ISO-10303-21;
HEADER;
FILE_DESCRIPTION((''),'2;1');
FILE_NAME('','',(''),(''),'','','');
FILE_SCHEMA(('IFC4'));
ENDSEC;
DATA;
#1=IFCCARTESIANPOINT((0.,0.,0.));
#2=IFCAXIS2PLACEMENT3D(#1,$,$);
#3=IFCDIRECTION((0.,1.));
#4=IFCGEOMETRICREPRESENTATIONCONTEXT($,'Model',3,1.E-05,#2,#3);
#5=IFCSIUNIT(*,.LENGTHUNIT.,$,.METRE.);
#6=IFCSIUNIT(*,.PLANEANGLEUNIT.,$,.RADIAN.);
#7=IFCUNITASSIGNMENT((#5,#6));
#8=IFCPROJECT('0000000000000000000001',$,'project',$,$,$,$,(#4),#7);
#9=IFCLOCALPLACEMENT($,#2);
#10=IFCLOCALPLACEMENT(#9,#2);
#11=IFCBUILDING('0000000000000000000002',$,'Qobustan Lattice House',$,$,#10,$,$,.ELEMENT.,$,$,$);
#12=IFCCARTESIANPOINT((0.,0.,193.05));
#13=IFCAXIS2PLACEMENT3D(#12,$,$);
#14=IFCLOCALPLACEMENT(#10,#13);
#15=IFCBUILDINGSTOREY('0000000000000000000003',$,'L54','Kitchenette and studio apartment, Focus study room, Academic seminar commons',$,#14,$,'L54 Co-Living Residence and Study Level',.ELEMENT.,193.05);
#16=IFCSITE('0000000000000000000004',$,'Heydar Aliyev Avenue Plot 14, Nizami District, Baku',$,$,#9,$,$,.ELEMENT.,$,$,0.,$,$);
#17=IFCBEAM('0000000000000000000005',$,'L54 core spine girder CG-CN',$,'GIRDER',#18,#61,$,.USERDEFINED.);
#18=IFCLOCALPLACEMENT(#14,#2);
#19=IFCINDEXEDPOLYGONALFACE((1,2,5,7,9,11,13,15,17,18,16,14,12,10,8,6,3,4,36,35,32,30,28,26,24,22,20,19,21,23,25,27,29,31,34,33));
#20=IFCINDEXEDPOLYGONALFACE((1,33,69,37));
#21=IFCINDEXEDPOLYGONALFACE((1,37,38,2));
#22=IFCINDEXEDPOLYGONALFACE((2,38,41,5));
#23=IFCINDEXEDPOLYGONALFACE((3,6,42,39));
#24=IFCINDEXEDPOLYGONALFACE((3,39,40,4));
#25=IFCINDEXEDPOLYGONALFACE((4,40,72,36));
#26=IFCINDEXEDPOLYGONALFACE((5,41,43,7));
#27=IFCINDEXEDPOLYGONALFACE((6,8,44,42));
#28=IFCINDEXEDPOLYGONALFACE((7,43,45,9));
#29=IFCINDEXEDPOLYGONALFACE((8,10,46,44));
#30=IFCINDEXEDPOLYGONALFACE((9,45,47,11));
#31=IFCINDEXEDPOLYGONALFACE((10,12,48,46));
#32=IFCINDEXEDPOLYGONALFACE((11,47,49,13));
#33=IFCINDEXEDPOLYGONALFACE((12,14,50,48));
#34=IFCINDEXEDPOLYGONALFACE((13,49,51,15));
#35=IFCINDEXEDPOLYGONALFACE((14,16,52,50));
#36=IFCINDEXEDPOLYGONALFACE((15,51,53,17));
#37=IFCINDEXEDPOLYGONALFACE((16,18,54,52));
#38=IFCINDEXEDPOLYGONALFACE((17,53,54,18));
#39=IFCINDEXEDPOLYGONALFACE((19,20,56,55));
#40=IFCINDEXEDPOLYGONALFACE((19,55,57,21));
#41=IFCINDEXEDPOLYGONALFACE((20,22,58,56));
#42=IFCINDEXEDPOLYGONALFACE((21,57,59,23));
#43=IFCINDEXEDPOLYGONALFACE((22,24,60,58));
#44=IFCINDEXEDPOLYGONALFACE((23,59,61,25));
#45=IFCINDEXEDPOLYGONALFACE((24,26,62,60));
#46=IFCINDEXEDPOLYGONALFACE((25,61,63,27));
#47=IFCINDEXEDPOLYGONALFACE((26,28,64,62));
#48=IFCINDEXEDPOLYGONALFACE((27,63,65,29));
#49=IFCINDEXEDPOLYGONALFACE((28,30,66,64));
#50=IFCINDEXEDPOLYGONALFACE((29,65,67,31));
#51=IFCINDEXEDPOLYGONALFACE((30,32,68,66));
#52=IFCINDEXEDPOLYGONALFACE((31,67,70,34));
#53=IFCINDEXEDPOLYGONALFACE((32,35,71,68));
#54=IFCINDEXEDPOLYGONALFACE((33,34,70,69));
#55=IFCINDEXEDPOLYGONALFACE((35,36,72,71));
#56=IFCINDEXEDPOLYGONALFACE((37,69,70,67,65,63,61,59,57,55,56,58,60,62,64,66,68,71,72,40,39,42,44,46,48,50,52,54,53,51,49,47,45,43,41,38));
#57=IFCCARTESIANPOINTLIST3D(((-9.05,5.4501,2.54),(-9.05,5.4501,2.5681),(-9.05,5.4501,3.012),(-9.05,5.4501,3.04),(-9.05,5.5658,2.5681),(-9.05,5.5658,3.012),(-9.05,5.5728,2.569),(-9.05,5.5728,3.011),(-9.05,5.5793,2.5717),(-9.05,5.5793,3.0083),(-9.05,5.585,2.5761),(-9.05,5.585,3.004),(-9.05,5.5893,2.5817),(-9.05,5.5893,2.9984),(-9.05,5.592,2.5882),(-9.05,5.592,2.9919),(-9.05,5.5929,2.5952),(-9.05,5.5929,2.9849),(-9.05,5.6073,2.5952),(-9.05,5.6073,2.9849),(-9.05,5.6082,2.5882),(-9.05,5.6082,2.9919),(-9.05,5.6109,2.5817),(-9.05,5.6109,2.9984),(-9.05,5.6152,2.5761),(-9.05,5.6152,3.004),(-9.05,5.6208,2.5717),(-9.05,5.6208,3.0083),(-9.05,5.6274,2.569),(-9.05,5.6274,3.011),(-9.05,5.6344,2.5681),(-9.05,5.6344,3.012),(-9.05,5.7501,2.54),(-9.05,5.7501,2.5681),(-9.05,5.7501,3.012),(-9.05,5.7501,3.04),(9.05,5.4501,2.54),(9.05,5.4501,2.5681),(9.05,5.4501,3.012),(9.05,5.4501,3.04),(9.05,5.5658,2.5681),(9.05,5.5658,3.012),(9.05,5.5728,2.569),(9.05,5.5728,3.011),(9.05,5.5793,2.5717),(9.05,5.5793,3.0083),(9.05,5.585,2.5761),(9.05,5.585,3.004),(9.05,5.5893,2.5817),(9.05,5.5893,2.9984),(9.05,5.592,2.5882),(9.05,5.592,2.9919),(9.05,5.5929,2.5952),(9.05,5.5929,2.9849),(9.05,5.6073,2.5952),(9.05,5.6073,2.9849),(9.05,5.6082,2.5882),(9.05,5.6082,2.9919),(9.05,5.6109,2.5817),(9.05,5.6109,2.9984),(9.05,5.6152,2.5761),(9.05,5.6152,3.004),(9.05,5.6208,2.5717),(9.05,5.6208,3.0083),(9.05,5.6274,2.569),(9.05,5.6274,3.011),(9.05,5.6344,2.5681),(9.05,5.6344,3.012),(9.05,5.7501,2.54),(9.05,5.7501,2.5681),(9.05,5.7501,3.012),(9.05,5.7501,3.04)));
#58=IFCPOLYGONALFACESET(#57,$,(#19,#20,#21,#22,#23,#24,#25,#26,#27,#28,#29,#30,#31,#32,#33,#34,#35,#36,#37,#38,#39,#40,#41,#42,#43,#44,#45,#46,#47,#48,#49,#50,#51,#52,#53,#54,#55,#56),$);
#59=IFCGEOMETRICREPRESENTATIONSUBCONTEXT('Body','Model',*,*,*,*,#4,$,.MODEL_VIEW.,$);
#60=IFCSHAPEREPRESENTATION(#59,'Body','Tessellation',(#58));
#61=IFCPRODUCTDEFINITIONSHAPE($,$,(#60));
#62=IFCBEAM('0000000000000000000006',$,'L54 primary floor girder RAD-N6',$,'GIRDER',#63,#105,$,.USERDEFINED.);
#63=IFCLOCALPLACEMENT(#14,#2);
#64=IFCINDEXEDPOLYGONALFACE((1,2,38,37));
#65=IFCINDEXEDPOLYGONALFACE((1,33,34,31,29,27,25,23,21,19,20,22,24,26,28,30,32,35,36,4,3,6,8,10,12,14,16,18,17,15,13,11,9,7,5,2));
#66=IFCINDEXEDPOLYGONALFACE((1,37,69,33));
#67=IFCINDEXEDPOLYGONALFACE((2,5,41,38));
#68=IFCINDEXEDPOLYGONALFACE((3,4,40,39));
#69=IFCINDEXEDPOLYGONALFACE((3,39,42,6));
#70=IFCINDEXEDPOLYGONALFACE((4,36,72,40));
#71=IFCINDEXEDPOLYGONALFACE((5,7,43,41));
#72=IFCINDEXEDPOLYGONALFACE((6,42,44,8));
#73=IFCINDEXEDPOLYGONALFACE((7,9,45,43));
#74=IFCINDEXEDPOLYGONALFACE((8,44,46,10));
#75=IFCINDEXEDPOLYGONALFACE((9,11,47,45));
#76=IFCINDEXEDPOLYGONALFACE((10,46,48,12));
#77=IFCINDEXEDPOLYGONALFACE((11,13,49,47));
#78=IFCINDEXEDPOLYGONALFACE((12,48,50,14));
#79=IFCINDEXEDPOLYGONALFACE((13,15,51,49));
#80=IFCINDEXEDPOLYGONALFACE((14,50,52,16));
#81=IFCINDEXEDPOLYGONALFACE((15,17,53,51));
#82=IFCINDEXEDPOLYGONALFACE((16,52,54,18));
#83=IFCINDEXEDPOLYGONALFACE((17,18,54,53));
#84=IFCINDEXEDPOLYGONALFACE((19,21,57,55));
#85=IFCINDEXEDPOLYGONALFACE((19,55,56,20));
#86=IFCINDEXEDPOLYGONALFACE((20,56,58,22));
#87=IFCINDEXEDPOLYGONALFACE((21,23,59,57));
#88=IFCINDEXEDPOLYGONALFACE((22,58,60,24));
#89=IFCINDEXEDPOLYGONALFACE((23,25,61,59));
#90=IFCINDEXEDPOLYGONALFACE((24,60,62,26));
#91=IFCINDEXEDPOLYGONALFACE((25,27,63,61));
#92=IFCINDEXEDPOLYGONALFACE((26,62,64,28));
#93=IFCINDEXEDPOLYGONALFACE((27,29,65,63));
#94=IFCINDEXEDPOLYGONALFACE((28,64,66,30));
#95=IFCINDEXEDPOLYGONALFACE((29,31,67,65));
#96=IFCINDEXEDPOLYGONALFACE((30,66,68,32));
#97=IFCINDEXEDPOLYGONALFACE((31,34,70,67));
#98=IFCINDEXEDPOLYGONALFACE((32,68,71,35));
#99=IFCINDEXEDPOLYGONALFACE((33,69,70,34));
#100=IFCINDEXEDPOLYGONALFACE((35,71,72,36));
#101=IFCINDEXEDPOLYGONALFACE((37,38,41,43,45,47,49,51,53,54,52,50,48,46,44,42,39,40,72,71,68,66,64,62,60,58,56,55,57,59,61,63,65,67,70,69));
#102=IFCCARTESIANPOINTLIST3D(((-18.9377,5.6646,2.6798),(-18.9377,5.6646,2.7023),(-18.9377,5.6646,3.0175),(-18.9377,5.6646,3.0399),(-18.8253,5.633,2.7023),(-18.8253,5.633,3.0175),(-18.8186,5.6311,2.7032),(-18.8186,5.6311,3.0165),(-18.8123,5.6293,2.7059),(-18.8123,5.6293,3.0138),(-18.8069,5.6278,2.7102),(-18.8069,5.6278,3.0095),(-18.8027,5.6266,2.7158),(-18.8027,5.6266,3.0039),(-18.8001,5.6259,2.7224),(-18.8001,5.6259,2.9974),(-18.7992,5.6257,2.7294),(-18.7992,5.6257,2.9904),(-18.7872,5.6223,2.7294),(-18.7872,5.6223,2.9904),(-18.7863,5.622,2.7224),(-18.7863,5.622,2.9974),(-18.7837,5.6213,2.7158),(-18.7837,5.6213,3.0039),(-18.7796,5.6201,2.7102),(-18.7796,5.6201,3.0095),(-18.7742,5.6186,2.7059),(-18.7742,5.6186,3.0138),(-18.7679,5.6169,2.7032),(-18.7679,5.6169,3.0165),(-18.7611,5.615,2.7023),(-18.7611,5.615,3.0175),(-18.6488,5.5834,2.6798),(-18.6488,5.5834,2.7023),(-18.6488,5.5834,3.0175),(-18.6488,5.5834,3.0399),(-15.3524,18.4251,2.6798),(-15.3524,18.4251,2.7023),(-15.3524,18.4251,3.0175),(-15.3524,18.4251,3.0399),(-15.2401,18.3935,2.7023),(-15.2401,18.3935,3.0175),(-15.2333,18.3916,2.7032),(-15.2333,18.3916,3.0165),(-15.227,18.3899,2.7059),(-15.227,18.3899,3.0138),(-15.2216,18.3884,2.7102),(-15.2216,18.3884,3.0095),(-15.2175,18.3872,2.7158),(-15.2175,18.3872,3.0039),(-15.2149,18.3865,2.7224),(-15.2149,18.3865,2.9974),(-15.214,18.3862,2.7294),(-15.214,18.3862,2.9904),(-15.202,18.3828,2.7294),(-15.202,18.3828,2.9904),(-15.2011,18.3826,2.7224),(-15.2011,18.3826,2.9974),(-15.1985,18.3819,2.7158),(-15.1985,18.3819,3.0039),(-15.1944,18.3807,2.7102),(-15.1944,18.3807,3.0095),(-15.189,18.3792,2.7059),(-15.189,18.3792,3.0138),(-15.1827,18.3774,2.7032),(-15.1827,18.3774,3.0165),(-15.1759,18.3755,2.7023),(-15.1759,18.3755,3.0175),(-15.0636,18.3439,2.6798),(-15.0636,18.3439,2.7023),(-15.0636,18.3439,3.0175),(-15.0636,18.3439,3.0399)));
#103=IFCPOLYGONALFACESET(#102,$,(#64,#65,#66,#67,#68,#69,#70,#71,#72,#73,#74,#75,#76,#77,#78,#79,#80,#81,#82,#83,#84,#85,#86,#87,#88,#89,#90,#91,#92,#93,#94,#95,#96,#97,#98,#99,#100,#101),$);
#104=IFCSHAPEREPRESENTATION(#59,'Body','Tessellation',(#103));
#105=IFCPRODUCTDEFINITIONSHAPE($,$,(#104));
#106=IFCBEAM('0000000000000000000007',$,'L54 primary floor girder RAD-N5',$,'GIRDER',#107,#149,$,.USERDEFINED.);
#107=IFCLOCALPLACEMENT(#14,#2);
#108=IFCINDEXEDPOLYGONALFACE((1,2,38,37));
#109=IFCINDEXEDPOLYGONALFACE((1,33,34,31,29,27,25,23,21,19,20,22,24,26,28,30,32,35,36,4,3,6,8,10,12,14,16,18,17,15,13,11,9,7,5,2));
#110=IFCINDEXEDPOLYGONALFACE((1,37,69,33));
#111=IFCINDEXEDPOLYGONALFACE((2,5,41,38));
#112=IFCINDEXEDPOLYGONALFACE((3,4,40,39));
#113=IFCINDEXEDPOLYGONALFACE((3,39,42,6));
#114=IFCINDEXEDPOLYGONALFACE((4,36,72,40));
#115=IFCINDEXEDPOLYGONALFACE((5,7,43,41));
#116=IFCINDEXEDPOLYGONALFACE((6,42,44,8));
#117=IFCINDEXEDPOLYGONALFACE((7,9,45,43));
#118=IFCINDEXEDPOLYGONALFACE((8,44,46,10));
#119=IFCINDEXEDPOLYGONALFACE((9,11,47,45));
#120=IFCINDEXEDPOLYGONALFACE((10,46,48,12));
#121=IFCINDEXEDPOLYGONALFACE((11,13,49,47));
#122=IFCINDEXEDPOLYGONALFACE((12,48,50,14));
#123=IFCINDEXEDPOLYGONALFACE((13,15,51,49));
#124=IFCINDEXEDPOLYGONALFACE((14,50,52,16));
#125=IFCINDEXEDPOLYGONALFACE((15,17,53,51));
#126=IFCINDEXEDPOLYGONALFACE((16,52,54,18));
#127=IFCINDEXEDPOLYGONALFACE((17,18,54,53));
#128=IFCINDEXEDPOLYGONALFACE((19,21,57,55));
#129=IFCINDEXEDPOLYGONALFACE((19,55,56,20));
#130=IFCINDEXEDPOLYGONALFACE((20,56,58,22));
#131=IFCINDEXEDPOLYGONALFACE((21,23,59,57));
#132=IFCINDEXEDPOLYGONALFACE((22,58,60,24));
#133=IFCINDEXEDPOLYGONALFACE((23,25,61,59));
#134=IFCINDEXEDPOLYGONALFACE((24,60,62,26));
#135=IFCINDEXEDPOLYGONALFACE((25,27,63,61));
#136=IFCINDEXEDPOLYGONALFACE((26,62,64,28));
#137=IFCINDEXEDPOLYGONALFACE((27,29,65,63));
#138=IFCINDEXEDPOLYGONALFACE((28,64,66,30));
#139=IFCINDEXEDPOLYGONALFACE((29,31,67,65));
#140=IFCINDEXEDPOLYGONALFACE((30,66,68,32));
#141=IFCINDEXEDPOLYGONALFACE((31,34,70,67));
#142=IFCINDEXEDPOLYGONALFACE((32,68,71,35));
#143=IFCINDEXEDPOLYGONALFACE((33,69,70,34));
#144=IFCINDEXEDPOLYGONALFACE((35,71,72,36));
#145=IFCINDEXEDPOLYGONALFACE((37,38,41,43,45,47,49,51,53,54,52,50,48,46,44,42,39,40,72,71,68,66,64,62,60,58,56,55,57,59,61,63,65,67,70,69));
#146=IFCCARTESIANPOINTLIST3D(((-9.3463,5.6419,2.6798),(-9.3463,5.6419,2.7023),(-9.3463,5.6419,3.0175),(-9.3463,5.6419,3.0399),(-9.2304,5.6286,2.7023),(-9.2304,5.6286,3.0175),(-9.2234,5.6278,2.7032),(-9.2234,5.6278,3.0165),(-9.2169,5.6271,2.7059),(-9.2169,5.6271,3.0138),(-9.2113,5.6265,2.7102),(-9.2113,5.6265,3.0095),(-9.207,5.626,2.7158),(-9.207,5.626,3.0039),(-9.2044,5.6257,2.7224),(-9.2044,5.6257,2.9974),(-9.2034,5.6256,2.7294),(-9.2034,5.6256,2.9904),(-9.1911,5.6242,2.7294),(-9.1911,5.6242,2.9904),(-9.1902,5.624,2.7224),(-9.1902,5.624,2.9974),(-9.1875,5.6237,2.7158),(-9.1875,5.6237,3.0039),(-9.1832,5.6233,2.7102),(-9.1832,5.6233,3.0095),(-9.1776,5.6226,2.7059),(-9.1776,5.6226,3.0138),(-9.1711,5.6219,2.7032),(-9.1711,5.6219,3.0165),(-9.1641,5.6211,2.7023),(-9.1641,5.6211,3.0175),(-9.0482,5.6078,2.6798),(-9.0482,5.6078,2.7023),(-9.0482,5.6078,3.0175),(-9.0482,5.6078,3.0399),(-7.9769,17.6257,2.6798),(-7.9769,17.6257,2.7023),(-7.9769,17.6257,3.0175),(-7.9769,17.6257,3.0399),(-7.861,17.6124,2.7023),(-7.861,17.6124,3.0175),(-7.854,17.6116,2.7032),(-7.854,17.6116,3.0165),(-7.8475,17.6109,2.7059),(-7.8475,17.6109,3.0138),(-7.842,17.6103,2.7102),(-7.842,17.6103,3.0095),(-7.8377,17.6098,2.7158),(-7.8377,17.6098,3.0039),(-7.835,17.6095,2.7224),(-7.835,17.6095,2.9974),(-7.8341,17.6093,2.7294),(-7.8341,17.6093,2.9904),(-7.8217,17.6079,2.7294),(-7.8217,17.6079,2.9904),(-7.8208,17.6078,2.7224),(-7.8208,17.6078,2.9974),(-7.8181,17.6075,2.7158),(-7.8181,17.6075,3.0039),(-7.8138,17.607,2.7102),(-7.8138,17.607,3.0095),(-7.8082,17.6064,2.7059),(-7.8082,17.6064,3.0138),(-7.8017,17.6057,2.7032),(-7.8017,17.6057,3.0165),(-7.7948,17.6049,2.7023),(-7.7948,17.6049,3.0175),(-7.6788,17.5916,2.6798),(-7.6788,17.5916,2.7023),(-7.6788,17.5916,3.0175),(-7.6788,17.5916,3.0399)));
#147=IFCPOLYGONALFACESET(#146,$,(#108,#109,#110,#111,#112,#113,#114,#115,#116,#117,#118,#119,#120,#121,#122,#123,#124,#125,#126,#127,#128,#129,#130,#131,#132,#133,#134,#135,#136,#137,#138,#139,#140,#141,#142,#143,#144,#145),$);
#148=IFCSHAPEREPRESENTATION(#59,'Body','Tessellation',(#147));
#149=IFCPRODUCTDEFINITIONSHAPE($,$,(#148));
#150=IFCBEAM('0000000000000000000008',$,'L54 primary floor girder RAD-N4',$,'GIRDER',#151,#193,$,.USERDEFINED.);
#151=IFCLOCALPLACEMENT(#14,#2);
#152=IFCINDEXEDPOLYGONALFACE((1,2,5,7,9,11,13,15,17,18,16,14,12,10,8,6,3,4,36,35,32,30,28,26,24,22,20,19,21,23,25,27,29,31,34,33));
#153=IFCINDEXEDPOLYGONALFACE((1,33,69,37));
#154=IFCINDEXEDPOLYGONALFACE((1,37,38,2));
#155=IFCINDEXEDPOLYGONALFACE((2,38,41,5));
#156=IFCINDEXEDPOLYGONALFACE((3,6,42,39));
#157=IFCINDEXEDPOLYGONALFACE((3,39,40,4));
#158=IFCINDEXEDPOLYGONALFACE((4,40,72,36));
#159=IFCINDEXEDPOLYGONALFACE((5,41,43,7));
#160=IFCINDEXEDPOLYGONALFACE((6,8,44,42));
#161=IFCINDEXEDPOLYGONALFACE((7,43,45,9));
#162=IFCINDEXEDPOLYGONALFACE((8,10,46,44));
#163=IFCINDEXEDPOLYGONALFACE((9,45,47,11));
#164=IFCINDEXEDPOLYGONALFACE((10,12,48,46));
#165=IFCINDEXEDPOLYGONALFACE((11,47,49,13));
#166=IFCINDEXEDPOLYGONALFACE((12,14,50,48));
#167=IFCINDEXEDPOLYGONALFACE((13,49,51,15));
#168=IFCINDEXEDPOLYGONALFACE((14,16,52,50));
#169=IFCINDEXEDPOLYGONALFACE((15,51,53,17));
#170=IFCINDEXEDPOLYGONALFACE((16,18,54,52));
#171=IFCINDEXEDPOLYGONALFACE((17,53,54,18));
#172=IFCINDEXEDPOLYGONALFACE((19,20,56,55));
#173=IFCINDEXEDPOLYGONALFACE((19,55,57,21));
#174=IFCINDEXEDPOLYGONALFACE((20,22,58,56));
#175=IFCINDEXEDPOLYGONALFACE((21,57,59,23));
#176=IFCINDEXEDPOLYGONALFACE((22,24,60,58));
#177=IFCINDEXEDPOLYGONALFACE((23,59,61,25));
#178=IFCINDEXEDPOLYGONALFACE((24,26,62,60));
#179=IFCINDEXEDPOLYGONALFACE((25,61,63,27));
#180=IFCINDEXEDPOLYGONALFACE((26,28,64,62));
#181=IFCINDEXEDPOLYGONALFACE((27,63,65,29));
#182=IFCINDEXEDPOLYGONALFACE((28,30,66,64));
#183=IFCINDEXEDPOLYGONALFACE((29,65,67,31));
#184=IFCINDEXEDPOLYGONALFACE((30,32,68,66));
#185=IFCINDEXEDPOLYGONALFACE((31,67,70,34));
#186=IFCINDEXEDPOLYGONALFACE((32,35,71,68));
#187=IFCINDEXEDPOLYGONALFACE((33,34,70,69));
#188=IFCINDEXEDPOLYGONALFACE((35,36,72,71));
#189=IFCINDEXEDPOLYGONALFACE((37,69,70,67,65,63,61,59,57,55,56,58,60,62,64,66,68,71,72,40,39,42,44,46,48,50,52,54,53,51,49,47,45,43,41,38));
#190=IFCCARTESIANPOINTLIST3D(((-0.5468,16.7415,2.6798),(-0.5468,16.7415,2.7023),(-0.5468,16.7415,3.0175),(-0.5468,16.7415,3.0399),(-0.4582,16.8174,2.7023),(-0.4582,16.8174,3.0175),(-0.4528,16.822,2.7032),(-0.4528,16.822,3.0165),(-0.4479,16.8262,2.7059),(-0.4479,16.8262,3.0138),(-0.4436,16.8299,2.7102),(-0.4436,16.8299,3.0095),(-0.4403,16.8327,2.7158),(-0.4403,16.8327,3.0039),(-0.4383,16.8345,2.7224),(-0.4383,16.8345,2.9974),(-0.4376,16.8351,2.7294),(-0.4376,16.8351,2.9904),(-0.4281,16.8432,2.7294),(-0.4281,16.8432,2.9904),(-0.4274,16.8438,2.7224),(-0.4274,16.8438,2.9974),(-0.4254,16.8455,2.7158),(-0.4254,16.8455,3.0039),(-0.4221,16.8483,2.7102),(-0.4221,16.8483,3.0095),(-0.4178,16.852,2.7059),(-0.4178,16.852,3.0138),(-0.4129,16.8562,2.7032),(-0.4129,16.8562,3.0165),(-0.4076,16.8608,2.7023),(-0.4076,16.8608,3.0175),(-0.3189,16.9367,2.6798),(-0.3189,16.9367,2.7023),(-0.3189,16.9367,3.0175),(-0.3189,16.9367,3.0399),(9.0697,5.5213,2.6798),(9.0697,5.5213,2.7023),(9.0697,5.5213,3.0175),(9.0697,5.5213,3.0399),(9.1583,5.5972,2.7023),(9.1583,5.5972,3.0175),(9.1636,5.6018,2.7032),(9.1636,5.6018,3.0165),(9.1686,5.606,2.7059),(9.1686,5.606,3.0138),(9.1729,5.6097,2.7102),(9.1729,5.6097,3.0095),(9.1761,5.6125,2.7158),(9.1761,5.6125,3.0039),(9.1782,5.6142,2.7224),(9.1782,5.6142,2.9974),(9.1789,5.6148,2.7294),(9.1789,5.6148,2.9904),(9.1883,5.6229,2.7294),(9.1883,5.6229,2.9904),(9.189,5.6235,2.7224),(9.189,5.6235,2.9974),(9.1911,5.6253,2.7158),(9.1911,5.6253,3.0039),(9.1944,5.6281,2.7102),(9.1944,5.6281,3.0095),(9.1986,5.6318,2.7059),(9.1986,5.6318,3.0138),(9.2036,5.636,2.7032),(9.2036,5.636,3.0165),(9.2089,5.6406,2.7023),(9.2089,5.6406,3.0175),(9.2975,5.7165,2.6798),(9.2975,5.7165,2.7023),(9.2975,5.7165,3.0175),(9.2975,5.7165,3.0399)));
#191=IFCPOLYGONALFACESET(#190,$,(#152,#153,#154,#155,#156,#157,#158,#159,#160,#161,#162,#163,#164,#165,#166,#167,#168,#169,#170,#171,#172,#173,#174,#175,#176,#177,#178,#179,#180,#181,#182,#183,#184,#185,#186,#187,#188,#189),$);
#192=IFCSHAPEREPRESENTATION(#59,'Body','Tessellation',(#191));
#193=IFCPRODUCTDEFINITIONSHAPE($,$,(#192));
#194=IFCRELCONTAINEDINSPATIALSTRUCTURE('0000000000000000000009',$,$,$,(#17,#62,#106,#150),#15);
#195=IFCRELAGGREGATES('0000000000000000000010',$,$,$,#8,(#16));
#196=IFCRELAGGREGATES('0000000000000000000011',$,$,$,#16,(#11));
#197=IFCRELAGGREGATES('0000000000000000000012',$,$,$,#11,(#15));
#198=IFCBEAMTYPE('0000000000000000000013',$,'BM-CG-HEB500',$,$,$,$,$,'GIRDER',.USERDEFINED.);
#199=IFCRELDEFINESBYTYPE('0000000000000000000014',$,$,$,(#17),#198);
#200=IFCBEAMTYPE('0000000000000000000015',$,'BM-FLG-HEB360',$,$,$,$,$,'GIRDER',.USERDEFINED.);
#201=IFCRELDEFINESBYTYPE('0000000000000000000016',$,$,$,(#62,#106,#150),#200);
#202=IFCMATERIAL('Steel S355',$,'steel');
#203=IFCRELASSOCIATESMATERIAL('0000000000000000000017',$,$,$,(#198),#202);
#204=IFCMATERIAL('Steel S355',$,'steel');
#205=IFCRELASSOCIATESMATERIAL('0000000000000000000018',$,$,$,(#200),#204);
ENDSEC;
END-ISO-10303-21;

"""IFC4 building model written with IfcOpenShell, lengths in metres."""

from ifc_helpers import new_model, si_unit, direction, frame, origin, origin_2d, place, context, subcontext, project, spatial, i_section, extrude, material, material_profile, profile_set, type_object, element, save


model = new_model("IFC4")

# Units and contexts
model_context = context("Model", 3, precision=1e-05, world=origin(), true_north=direction((0.0, 1.0)))
body_context = subcontext(model_context, "Body", "Model", "MODEL_VIEW")
ifc_project = project(units=[si_unit("LENGTHUNIT", "METRE"), si_unit("PLANEANGLEUNIT", "RADIAN")], contexts=[model_context])

# Site, building, storey
site_placement = place(None, origin())
site = spatial("IfcSite", under=ifc_project, at=site_placement, Name="Heydar Aliyev Avenue Plot 14, Nizami District, Baku", CompositionType="ELEMENT", RefElevation=0.0)
building_placement = place(site_placement, origin())
building = spatial("IfcBuilding", under=site, at=building_placement, Name="Qobustan Lattice House", CompositionType="ELEMENT")
storey_placement = place(building_placement, frame((0.0, 0.0, 193.05)))
storey = spatial("IfcBuildingStorey", under=building, at=storey_placement, Name="L54", Description="Kitchenette and studio apartment, Focus study room, Academic seminar commons", LongName="L54 Co-Living Residence and Study Level", CompositionType="ELEMENT", Elevation=193.05)

# Beams
ifc_material_1 = material(Name="Steel S355", Category="steel")
ifc_material_profile_1 = material_profile(ifc_material_1, i_section(OverallWidth=0.3, OverallDepth=0.5, WebThickness=0.0144, FlangeThickness=0.0281, FilletRadius=0.0271, at=origin_2d()), Name="HEB500")
ifc_profile_set_1 = profile_set([ifc_material_profile_1], Name="Steel S355")
beam_type_1 = type_object("IfcBeamType", Name="BM-CG-HEB500", ElementType="GIRDER", PredefinedType="USERDEFINED", material=ifc_profile_set_1)
beam_1_placement = place(storey_placement, frame((-9.05, 5.6001, 2.79), z_axis=(1.0, 0.0, 0.0), x_axis=(0.0, 1.0, 0.0)))
element("IfcBeam", 1, at=beam_1_placement, inside=storey, type_object=beam_type_1, Name="L54 core spine girder CG-CN", ObjectType="GIRDER", PredefinedType="USERDEFINED", context=body_context, shape_type="SweptSolid", body=[
    extrude(i_section(OverallWidth=0.3, OverallDepth=0.5, WebThickness=0.0144, FlangeThickness=0.0281, FilletRadius=0.0271, at=origin_2d()), origin(), (0.0, 0.0, 1.0), 18.1001),
])
ifc_material_2 = material(Name="Steel S355", Category="steel")
ifc_material_profile_2 = material_profile(ifc_material_2, i_section(OverallWidth=0.3, OverallDepth=0.3601, WebThickness=0.0125, FlangeThickness=0.0225, FilletRadius=0.0271, at=origin_2d()), Name="HEB360")
ifc_profile_set_2 = profile_set([ifc_material_profile_2], Name="Steel S355")
beam_type_2 = type_object("IfcBeamType", Name="BM-FLG-HEB360", ElementType="GIRDER", PredefinedType="USERDEFINED", material=ifc_profile_set_2)
beam_2_placement = place(storey_placement, frame((-15.208, 18.3845, 2.8599), z_axis=(-0.270488, -0.962723, 0.0), x_axis=(0.962723, -0.270488, 0.0)))
element("IfcBeam", 2, at=beam_2_placement, inside=storey, type_object=beam_type_2, Name="L54 primary floor girder RAD-N6", ObjectType="GIRDER", PredefinedType="USERDEFINED", context=body_context, shape_type="SweptSolid", body=[
    extrude(i_section(OverallWidth=0.3, OverallDepth=0.3601, WebThickness=0.0125, FlangeThickness=0.0225, FilletRadius=0.0271, at=origin_2d()), origin(), (0.0, 0.0, 1.0), 13.2546),
])
beam_3_placement = place(storey_placement, frame((-7.8279, 17.6086, 2.8599), z_axis=(-0.11353, -0.993535, 0.0), x_axis=(0.993535, -0.11353, 0.0)))
element("IfcBeam", 3, at=beam_3_placement, inside=storey, type_object=beam_type_2, Name="L54 primary floor girder RAD-N5", ObjectType="GIRDER", PredefinedType="USERDEFINED", context=body_context, shape_type="SweptSolid", body=[
    extrude(i_section(OverallWidth=0.3, OverallDepth=0.3601, WebThickness=0.0125, FlangeThickness=0.0225, FilletRadius=0.0271, at=origin_2d()), origin(), (0.0, 0.0, 1.0), 12.0618),
])
beam_4_placement = place(storey_placement, frame((-0.4329, 16.8391, 2.8599), z_axis=(0.650757, -0.759286, 0.0), x_axis=(0.759286, 0.650757, 0.0)))
element("IfcBeam", 4, at=beam_4_placement, inside=storey, type_object=beam_type_2, Name="L54 primary floor girder RAD-N4", ObjectType="GIRDER", PredefinedType="USERDEFINED", context=body_context, shape_type="SweptSolid", body=[
    extrude(i_section(OverallWidth=0.3, OverallDepth=0.3601, WebThickness=0.0125, FlangeThickness=0.0225, FilletRadius=0.0271, at=origin_2d()), origin(), (0.0, 0.0, 1.0), 14.7773),
])

save(model, "model.ifc")
